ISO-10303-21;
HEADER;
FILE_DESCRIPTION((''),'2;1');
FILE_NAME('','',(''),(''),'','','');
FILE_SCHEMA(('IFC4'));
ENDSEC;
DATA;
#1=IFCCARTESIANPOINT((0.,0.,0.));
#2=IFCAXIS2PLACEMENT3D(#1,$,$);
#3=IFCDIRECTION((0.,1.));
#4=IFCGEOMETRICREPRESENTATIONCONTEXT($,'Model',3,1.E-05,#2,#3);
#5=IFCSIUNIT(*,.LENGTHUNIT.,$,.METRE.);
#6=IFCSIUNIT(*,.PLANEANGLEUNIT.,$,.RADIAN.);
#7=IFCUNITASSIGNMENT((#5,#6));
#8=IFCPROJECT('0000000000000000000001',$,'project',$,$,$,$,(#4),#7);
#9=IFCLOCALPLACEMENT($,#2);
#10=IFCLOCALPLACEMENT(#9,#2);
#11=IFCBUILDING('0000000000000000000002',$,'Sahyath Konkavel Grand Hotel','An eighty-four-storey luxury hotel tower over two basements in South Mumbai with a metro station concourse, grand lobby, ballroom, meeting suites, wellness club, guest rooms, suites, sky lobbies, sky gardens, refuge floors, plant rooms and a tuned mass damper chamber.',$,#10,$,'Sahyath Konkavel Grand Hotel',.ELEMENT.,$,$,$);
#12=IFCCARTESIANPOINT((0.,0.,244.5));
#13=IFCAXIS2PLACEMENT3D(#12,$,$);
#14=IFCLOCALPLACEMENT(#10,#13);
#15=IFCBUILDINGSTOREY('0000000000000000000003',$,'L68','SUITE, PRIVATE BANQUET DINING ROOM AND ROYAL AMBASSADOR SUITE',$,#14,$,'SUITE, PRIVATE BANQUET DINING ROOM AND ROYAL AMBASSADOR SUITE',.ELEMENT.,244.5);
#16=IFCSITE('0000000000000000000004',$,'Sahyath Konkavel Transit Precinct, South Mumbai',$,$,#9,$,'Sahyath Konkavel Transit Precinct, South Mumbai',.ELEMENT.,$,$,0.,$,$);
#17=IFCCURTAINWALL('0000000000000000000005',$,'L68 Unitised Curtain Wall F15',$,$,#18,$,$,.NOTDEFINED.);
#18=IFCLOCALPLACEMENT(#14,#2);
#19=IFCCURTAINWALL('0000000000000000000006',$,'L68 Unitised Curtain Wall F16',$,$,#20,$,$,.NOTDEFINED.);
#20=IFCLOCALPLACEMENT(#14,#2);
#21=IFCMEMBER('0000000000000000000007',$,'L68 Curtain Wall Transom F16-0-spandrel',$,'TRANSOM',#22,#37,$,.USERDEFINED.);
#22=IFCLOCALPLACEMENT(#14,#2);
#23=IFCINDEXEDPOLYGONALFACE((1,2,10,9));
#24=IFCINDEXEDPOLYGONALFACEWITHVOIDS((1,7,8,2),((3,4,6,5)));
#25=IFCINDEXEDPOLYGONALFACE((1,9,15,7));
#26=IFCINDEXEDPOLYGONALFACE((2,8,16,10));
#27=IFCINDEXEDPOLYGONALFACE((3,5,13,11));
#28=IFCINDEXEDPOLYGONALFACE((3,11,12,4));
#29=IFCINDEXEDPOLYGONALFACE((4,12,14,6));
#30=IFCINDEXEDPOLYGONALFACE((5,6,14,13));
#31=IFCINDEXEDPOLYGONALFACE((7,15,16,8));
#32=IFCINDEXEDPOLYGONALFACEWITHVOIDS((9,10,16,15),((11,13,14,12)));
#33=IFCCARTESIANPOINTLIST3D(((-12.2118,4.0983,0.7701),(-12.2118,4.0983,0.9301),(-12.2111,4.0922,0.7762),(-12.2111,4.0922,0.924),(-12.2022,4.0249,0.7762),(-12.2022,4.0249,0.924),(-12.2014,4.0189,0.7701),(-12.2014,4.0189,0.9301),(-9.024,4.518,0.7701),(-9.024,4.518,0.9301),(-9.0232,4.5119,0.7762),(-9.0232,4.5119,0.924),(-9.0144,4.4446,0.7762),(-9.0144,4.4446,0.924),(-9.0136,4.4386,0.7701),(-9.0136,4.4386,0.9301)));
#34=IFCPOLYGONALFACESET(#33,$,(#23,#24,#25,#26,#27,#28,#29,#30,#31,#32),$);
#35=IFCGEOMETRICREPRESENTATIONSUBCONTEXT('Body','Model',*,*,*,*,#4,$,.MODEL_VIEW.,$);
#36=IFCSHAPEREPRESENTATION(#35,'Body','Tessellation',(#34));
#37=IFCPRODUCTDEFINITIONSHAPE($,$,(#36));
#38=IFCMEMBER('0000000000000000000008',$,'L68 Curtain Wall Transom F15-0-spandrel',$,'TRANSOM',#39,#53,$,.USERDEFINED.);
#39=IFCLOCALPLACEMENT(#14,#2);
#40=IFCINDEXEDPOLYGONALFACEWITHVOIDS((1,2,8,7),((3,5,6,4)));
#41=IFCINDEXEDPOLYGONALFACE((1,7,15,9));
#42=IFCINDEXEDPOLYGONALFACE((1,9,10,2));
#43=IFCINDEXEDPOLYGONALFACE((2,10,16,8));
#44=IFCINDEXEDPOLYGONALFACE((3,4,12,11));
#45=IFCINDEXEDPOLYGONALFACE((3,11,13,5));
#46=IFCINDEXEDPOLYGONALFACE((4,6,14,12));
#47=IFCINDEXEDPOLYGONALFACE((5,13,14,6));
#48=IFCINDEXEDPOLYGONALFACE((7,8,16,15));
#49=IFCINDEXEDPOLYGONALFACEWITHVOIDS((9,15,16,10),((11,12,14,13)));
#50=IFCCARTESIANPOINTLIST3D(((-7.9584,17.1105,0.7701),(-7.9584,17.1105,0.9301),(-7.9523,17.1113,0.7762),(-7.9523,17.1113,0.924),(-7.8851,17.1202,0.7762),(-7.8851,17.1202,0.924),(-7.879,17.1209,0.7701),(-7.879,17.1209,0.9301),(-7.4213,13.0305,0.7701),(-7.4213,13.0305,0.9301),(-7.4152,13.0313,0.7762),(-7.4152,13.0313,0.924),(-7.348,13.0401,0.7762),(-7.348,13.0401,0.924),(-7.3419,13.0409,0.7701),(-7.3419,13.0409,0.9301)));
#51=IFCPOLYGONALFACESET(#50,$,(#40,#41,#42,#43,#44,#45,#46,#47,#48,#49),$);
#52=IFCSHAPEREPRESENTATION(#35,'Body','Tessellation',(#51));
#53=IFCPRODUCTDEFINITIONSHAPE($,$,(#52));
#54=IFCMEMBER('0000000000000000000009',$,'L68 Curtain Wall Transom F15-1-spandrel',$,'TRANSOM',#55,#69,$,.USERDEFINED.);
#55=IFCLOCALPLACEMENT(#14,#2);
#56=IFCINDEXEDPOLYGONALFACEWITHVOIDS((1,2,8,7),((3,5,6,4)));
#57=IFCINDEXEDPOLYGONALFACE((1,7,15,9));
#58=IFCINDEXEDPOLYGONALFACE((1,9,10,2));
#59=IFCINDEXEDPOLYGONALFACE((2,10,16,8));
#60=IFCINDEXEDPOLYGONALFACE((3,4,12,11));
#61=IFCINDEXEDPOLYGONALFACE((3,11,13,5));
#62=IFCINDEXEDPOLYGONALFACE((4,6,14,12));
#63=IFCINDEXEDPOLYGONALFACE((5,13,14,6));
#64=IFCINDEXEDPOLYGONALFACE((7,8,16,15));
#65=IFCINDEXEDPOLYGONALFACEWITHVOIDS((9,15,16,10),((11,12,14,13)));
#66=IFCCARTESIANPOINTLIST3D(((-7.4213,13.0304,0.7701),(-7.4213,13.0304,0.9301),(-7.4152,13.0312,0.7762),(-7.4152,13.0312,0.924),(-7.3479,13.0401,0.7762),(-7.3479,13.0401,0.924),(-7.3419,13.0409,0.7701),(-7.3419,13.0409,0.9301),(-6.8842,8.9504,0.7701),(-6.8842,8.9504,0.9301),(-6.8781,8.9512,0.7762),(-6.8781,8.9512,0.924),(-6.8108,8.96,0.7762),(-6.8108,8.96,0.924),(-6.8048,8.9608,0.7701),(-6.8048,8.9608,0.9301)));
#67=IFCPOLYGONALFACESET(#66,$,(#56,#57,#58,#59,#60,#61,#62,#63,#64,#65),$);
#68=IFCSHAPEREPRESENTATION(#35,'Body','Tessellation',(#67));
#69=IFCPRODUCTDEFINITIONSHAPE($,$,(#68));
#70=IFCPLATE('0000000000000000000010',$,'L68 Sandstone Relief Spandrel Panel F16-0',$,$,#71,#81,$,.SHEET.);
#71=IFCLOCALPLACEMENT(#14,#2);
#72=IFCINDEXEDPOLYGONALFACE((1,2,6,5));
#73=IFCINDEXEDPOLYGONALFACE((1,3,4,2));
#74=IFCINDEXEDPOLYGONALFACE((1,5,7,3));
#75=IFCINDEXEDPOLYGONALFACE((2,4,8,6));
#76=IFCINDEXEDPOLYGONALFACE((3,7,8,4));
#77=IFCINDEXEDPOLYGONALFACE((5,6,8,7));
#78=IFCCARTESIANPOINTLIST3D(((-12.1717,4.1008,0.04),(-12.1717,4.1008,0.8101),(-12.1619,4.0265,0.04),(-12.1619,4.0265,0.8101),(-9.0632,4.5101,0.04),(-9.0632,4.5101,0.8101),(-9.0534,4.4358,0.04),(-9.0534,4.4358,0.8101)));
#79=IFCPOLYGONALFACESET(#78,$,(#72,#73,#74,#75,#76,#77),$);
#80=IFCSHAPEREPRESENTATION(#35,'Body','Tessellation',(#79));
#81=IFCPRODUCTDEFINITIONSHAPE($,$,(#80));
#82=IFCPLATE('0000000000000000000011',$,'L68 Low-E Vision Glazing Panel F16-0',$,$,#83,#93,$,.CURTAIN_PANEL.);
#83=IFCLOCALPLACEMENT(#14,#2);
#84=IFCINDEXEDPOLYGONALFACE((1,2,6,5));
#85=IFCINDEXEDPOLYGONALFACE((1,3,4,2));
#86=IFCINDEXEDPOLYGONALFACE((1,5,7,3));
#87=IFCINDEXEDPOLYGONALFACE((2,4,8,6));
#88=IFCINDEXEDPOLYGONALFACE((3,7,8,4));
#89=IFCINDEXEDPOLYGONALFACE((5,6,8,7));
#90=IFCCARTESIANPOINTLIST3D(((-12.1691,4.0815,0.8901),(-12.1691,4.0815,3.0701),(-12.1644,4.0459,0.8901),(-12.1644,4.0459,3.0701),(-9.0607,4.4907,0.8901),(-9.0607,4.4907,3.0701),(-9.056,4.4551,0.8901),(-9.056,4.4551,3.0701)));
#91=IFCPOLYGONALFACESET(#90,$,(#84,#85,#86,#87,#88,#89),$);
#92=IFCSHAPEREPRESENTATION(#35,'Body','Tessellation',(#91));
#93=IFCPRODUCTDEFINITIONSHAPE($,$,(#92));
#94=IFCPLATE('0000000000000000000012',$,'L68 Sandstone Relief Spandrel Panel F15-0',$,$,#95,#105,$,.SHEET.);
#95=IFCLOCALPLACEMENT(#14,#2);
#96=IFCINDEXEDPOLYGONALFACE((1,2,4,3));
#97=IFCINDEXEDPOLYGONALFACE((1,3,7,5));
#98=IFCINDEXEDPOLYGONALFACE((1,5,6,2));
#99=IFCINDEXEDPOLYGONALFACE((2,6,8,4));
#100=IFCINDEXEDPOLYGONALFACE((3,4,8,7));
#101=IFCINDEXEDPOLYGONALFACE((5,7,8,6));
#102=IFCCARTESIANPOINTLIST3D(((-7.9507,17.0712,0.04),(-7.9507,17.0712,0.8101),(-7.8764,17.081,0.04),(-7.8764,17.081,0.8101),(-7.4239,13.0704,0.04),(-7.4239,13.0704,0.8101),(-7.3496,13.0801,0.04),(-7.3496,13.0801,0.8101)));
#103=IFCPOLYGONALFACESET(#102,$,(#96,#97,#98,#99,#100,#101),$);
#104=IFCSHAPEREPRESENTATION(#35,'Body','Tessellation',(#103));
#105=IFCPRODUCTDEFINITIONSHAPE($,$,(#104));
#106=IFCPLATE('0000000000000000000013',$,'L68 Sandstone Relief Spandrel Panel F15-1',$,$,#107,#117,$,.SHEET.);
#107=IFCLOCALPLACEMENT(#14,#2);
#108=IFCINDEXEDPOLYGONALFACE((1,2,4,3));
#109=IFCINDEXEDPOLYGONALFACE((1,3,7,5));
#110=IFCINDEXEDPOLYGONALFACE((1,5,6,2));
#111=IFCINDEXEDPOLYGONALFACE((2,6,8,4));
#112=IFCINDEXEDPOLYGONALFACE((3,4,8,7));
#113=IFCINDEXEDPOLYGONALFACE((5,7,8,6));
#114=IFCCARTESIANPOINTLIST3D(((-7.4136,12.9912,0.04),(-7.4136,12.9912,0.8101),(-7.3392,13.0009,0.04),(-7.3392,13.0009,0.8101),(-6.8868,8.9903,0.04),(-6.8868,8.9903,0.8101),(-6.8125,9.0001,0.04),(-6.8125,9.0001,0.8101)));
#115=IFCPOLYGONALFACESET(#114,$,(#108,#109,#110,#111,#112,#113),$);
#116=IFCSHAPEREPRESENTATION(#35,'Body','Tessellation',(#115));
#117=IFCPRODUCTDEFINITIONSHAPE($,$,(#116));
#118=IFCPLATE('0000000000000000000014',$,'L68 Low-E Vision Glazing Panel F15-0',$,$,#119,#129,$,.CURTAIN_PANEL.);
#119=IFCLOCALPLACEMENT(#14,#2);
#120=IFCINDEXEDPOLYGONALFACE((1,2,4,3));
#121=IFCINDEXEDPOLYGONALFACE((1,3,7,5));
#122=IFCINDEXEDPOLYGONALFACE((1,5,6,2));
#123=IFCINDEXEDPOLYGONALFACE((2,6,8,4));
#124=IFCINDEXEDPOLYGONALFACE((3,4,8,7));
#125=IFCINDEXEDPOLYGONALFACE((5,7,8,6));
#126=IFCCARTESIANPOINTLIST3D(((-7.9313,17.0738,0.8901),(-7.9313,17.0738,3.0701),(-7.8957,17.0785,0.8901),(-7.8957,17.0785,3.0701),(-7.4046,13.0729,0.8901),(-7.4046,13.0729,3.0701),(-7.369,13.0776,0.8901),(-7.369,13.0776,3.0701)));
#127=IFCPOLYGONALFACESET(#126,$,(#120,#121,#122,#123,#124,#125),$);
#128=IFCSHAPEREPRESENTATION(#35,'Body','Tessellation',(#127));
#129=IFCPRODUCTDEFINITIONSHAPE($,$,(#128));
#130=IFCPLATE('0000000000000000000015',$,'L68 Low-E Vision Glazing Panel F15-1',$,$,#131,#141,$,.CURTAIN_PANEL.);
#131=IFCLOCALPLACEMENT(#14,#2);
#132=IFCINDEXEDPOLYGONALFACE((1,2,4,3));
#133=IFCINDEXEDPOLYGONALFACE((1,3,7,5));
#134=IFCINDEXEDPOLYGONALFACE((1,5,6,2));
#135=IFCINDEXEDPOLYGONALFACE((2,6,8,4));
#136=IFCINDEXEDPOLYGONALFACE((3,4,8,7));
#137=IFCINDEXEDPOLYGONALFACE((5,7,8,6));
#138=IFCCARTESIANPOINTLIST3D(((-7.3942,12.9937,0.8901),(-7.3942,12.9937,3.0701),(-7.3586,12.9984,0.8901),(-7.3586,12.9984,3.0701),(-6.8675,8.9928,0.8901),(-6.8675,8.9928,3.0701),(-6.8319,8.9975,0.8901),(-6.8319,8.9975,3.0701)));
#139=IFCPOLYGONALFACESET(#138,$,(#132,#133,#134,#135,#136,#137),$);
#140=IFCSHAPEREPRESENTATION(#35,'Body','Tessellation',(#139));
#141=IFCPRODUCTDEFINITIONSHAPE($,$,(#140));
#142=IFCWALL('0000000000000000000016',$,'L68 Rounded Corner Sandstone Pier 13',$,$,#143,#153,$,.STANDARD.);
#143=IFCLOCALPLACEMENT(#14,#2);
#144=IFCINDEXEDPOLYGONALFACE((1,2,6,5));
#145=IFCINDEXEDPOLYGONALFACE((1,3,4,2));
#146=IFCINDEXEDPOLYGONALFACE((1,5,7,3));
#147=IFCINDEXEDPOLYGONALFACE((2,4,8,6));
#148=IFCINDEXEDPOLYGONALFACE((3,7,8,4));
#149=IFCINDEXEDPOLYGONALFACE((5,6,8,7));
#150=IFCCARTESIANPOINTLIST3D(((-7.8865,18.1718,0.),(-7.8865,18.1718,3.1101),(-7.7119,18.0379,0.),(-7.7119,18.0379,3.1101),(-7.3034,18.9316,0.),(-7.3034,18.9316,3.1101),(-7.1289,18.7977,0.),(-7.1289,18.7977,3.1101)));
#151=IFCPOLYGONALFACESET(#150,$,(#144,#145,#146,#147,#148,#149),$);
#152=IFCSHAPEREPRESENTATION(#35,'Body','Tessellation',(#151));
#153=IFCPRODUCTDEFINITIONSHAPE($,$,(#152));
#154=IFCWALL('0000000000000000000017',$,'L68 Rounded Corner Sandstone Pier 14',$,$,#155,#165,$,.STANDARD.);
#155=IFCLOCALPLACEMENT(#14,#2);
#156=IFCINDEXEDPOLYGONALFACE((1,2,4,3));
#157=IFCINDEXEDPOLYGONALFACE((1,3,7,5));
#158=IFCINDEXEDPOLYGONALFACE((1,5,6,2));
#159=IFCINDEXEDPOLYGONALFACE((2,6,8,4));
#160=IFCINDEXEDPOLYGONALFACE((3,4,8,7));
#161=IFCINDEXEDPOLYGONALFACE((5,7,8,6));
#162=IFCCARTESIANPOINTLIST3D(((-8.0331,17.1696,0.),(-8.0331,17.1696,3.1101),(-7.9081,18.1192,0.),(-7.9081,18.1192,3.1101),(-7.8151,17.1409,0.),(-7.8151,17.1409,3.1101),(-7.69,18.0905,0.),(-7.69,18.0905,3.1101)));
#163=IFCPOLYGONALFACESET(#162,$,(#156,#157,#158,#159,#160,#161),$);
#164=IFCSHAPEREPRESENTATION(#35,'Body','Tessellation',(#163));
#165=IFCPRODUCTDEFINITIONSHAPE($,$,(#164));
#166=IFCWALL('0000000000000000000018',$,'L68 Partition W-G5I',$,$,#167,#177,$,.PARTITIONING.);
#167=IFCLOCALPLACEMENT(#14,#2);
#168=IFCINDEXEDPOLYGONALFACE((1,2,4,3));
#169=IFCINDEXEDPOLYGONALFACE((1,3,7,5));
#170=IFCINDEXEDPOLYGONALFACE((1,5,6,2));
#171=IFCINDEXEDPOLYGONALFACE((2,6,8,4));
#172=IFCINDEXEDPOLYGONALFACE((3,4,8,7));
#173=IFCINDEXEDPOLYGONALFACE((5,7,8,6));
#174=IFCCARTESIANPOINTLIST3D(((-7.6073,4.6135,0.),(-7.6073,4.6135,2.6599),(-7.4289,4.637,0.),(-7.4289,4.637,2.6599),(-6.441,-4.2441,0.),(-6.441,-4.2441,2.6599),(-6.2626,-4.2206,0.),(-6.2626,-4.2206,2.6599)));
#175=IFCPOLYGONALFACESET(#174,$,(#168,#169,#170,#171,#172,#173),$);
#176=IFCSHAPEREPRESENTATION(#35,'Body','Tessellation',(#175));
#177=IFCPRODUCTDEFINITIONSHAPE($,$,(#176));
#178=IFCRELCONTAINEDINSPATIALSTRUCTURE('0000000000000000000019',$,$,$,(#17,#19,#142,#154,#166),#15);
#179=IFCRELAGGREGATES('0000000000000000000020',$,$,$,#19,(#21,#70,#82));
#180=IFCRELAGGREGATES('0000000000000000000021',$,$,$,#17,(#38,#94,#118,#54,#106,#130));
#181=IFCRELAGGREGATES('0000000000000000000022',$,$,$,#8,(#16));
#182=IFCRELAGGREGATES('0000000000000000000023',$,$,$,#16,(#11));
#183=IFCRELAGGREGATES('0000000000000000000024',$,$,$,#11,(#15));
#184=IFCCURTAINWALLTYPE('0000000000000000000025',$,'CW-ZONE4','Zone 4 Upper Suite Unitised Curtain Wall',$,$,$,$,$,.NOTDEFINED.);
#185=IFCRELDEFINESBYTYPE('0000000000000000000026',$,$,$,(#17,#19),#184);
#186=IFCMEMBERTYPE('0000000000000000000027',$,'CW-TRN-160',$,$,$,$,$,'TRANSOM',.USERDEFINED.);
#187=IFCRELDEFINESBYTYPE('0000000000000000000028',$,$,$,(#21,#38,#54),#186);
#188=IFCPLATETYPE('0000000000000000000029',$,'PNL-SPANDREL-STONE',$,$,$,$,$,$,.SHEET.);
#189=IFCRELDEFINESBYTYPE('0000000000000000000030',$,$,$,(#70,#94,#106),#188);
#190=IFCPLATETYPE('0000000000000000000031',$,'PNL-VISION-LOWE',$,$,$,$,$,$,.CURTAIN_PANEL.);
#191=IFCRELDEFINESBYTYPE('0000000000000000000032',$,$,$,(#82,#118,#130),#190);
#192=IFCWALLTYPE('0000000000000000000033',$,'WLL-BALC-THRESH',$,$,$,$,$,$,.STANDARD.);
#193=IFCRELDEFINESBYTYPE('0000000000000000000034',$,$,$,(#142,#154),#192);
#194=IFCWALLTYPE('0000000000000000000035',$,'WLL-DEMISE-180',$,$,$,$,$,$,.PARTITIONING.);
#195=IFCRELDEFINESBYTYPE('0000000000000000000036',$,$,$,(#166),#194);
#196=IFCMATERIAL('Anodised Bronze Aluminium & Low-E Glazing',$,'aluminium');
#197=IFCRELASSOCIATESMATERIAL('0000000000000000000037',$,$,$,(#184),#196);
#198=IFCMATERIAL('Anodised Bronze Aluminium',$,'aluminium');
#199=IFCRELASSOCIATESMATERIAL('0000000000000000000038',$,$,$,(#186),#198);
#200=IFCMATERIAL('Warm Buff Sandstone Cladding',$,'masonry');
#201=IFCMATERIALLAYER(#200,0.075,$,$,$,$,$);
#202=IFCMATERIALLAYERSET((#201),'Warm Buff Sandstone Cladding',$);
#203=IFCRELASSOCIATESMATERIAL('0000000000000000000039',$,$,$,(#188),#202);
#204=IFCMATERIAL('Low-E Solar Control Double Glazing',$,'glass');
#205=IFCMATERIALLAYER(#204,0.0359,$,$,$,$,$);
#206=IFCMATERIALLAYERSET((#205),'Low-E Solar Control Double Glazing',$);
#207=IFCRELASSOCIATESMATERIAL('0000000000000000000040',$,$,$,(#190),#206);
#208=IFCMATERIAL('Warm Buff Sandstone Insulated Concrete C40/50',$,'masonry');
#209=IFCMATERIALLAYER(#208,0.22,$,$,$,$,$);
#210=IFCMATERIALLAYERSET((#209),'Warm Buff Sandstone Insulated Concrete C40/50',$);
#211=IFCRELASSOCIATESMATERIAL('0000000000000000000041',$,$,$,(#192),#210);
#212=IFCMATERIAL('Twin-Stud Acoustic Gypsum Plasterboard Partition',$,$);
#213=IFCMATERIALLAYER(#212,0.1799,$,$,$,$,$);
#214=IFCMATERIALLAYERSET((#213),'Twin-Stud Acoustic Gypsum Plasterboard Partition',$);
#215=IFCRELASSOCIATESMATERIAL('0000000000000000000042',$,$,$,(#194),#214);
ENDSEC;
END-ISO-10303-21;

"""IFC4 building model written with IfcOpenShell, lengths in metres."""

from ifc_helpers import new_model, si_unit, direction, frame, frame_2d, origin, origin_2d, place, context, subcontext, project, spatial, rectangle, hollow_rectangle, extrude, source, transform, mapped, material, layer, layer_set, material_profile, profile_set, type_object, element, aggregate, save


model = new_model("IFC4")

# Units and contexts
model_context = context("Model", 3, precision=1e-05, world=origin(), true_north=direction((0.0, 1.0)))
body_context = subcontext(model_context, "Body", "Model", "MODEL_VIEW")
ifc_project = project(units=[si_unit("LENGTHUNIT", "METRE"), si_unit("PLANEANGLEUNIT", "RADIAN")], contexts=[model_context])

# Site, building, storey
site_placement = place(None, origin())
site = spatial("IfcSite", under=ifc_project, at=site_placement, Name="Sahyath Konkavel Transit Precinct, South Mumbai", LongName="Sahyath Konkavel Transit Precinct, South Mumbai", CompositionType="ELEMENT", RefElevation=0.0)
building_placement = place(site_placement, origin())
building = spatial("IfcBuilding", under=site, at=building_placement, Name="Sahyath Konkavel Grand Hotel", Description="An eighty-four-storey luxury hotel tower over two basements in South Mumbai with a metro station concourse, grand lobby, ballroom, meeting suites, wellness club, guest rooms, suites, sky lobbies, sky gardens, refuge floors, plant rooms and a tuned mass damper chamber.", LongName="Sahyath Konkavel Grand Hotel", CompositionType="ELEMENT")
storey_placement = place(building_placement, frame((0.0, 0.0, 244.5)))
storey = spatial("IfcBuildingStorey", under=building, at=storey_placement, Name="L68", Description="SUITE, PRIVATE BANQUET DINING ROOM AND ROYAL AMBASSADOR SUITE", LongName="SUITE, PRIVATE BANQUET DINING ROOM AND ROYAL AMBASSADOR SUITE", CompositionType="ELEMENT", Elevation=244.5)

# Curtain walls
ifc_material_1 = material(Name="Anodised Bronze Aluminium & Low-E Glazing", Category="aluminium")
curtain_wall_type = type_object("IfcCurtainWallType", Name="CW-ZONE4", Description="Zone 4 Upper Suite Unitised Curtain Wall", PredefinedType="NOTDEFINED", material=ifc_material_1)
curtain_wall_1_placement = place(storey_placement, origin())
curtain_wall_1 = element("IfcCurtainWall", 1, at=curtain_wall_1_placement, inside=storey, type_object=curtain_wall_type, Name="L68 Unitised Curtain Wall F15", PredefinedType="NOTDEFINED")
curtain_wall_2_placement = place(storey_placement, origin())
curtain_wall_2 = element("IfcCurtainWall", 2, at=curtain_wall_2_placement, inside=storey, type_object=curtain_wall_type, Name="L68 Unitised Curtain Wall F16", PredefinedType="NOTDEFINED")
ifc_material_2 = material(Name="Anodised Bronze Aluminium", Category="aluminium")

# Members
ifc_material_profile_1 = material_profile(ifc_material_2, hollow_rectangle(XDim=0.0801, YDim=0.1599, WallThickness=0.0061, at=origin_2d()), Name="RHS 160x80x6")
ifc_profile_set_1 = profile_set([ifc_material_profile_1], Name="Anodised Bronze Aluminium")
member_type_1 = type_object("IfcMemberType", Name="CW-TRN-160", ElementType="TRANSOM", PredefinedType="USERDEFINED", material=ifc_profile_set_1)
shared_shape_1 = source(origin(), body_context, "Body", "SweptSolid", [
    extrude(hollow_rectangle(XDim=0.0801, YDim=0.1599, WallThickness=0.0061, at=origin_2d()), origin(), (0.0, 0.0, 1.0), 3.2153),
])
member_1_placement = place(storey_placement, frame((-9.0188, 4.4783, 0.8501), z_axis=(-0.991445, -0.130527, 0.0), x_axis=(0.130527, -0.991445, 0.0)))
member_1 = element("IfcMember", 3, at=member_1_placement, type_object=member_type_1, Name="L68 Curtain Wall Transom F16-0-spandrel", ObjectType="TRANSOM", PredefinedType="USERDEFINED", context=body_context, shape_type="MappedRepresentation", body=[
    mapped(shared_shape_1, transform((0.0, 0.0, 0.0), scale=1.0)),
])
shared_shape_2 = source(origin(), body_context, "Body", "SweptSolid", [
    extrude(hollow_rectangle(XDim=0.0801, YDim=0.1599, WallThickness=0.0061, at=origin_2d()), origin(), (0.0, 0.0, 1.0), 4.1152),
])
member_2_placement = place(storey_placement, frame((-7.9187, 17.1157, 0.8501), z_axis=(0.130516, -0.991446, 0.0), x_axis=(0.991446, 0.130516, 0.0)))
member_2 = element("IfcMember", 4, at=member_2_placement, type_object=member_type_1, Name="L68 Curtain Wall Transom F15-0-spandrel", ObjectType="TRANSOM", PredefinedType="USERDEFINED", context=body_context, shape_type="MappedRepresentation", body=[
    mapped(shared_shape_2, transform((0.0, 0.0, 0.0), scale=1.0)),
])
member_3_placement = place(storey_placement, frame((-7.3816, 13.0356, 0.8501), z_axis=(0.130516, -0.991446, 0.0), x_axis=(0.991446, 0.130516, 0.0)))
member_3 = element("IfcMember", 5, at=member_3_placement, type_object=member_type_1, Name="L68 Curtain Wall Transom F15-1-spandrel", ObjectType="TRANSOM", PredefinedType="USERDEFINED", context=body_context, shape_type="MappedRepresentation", body=[
    mapped(shared_shape_2, transform((0.0, 0.0, 0.0), scale=1.0)),
])

# Plates
ifc_material_3 = material(Name="Warm Buff Sandstone Cladding", Category="masonry")
ifc_layer_1 = layer(ifc_material_3, 0.075)
ifc_layer_set_1 = layer_set([ifc_layer_1], Name="Warm Buff Sandstone Cladding")
plate_type_1 = type_object("IfcPlateType", Name="PNL-SPANDREL-STONE", PredefinedType="SHEET", material=ifc_layer_set_1)
shared_shape_3 = source(origin(), body_context, "Body", "SweptSolid", [
    extrude(rectangle(XDim=3.1353, YDim=0.075, at=origin_2d()), origin(), (0.0, 0.0, 1.0), 0.77),
])
plate_1_placement = place(storey_placement, frame((-10.6125, 4.2683, 0.04), z_axis=(0.0, 0.0, 1.0), x_axis=(-0.991445, -0.130526, 0.0)))
plate_1 = element("IfcPlate", 6, at=plate_1_placement, type_object=plate_type_1, Name="L68 Sandstone Relief Spandrel Panel F16-0", PredefinedType="SHEET", context=body_context, shape_type="MappedRepresentation", body=[
    mapped(shared_shape_3, transform((0.0, 0.0, 0.0), scale=1.0)),
])
ifc_material_4 = material(Name="Low-E Solar Control Double Glazing", Category="glass")
ifc_layer_2 = layer(ifc_material_4, 0.0359)
ifc_layer_set_2 = layer_set([ifc_layer_2], Name="Low-E Solar Control Double Glazing")
plate_type_2 = type_object("IfcPlateType", Name="PNL-VISION-LOWE", PredefinedType="CURTAIN_PANEL", material=ifc_layer_set_2)
shared_shape_4 = source(origin(), body_context, "Body", "SweptSolid", [
    extrude(rectangle(XDim=3.1353, YDim=0.0359, at=origin_2d()), origin(), (0.0, 0.0, 1.0), 2.1799),
])
plate_2_placement = place(storey_placement, frame((-10.6125, 4.2683, 0.8901), z_axis=(0.0, 0.0, 1.0), x_axis=(-0.991445, -0.130526, 0.0)))
plate_2 = element("IfcPlate", 7, at=plate_2_placement, type_object=plate_type_2, Name="L68 Low-E Vision Glazing Panel F16-0", PredefinedType="CURTAIN_PANEL", context=body_context, shape_type="MappedRepresentation", body=[
    mapped(shared_shape_4, transform((0.0, 0.0, 0.0), scale=1.0)),
])
aggregate(curtain_wall_2, [member_1, plate_1, plate_2])
shared_shape_5 = source(origin(), body_context, "Body", "SweptSolid", [
    extrude(rectangle(XDim=4.0354, YDim=0.075, at=origin_2d()), origin(), (0.0, 0.0, 1.0), 0.77),
])
plate_3_placement = place(storey_placement, frame((-7.6501, 15.0757, 0.04), z_axis=(0.0, 0.0, 1.0), x_axis=(0.130526, -0.991445, 0.0)))
plate_3 = element("IfcPlate", 8, at=plate_3_placement, type_object=plate_type_1, Name="L68 Sandstone Relief Spandrel Panel F15-0", PredefinedType="SHEET", context=body_context, shape_type="MappedRepresentation", body=[
    mapped(shared_shape_5, transform((0.0, 0.0, 0.0), scale=1.0)),
])
plate_4_placement = place(storey_placement, frame((-7.113, 10.9956, 0.04), z_axis=(0.0, 0.0, 1.0), x_axis=(0.130526, -0.991445, 0.0)))
plate_4 = element("IfcPlate", 9, at=plate_4_placement, type_object=plate_type_1, Name="L68 Sandstone Relief Spandrel Panel F15-1", PredefinedType="SHEET", context=body_context, shape_type="MappedRepresentation", body=[
    mapped(shared_shape_5, transform((0.0, 0.0, 0.0), scale=1.0)),
])
shared_shape_6 = source(origin(), body_context, "Body", "SweptSolid", [
    extrude(rectangle(XDim=4.0354, YDim=0.0359, at=origin_2d()), origin(), (0.0, 0.0, 1.0), 2.1799),
])
plate_5_placement = place(storey_placement, frame((-7.6501, 15.0757, 0.8901), z_axis=(0.0, 0.0, 1.0), x_axis=(0.130526, -0.991445, 0.0)))
plate_5 = element("IfcPlate", 10, at=plate_5_placement, type_object=plate_type_2, Name="L68 Low-E Vision Glazing Panel F15-0", PredefinedType="CURTAIN_PANEL", context=body_context, shape_type="MappedRepresentation", body=[
    mapped(shared_shape_6, transform((0.0, 0.0, 0.0), scale=1.0)),
])
plate_6_placement = place(storey_placement, frame((-7.113, 10.9956, 0.8901), z_axis=(0.0, 0.0, 1.0), x_axis=(0.130526, -0.991445, 0.0)))
plate_6 = element("IfcPlate", 11, at=plate_6_placement, type_object=plate_type_2, Name="L68 Low-E Vision Glazing Panel F15-1", PredefinedType="CURTAIN_PANEL", context=body_context, shape_type="MappedRepresentation", body=[
    mapped(shared_shape_6, transform((0.0, 0.0, 0.0), scale=1.0)),
])
aggregate(curtain_wall_1, [member_2, plate_3, plate_5, member_3, plate_4, plate_6])

# Walls
ifc_material_5 = material(Name="Warm Buff Sandstone Insulated Concrete C40/50", Category="masonry")
ifc_layer_3 = layer(ifc_material_5, 0.22)
ifc_layer_set_3 = layer_set([ifc_layer_3], Name="Warm Buff Sandstone Insulated Concrete C40/50")
wall_type_1 = type_object("IfcWallType", Name="WLL-BALC-THRESH", PredefinedType="STANDARD", material=ifc_layer_set_3)
for number, where, z_axis, x_axis, name in (
    (12, (-7.2161, 18.8647, 0.0), (0.0, 0.0, 1.0), (-0.608774, -0.793344, 0.0), "L68 Rounded Corner Sandstone Pier 13"),
    (13, (-7.7991, 18.105, 0.0), (0.0, 0.0, 1.0), (-0.130527, -0.991445, 0.0), "L68 Rounded Corner Sandstone Pier 14"),
):
    element("IfcWall", number, at=place(storey_placement, frame(where, z_axis=z_axis, x_axis=x_axis)), inside=storey, type_object=wall_type_1, Name=name, PredefinedType="STANDARD", context=body_context, shape_type="SweptSolid", body=[
        extrude(rectangle(XDim=0.9578, YDim=0.22, at=frame_2d((0.479, 0.0))), origin(), (0.0, 0.0, 1.0), 3.1101),
    ])
ifc_material_6 = material(Name="Twin-Stud Acoustic Gypsum Plasterboard Partition")
ifc_layer_4 = layer(ifc_material_6, 0.1799)
ifc_layer_set_4 = layer_set([ifc_layer_4], Name="Twin-Stud Acoustic Gypsum Plasterboard Partition")
wall_type_2 = type_object("IfcWallType", Name="WLL-DEMISE-180", PredefinedType="PARTITIONING", material=ifc_layer_set_4)
wall_placement = place(storey_placement, frame((-7.5181, 4.6252, 0.0), z_axis=(0.0, 0.0, 1.0), x_axis=(0.13054, -0.991443, 0.0)))
element("IfcWall", 14, at=wall_placement, inside=storey, type_object=wall_type_2, Name="L68 Partition W-G5I", PredefinedType="PARTITIONING", context=body_context, shape_type="SweptSolid", body=[
    extrude(rectangle(XDim=8.9341, YDim=0.1799, at=frame_2d((4.467, 0.0))), origin(), (0.0, 0.0, 1.0), 2.6599),
])

save(model, "model.ifc")
